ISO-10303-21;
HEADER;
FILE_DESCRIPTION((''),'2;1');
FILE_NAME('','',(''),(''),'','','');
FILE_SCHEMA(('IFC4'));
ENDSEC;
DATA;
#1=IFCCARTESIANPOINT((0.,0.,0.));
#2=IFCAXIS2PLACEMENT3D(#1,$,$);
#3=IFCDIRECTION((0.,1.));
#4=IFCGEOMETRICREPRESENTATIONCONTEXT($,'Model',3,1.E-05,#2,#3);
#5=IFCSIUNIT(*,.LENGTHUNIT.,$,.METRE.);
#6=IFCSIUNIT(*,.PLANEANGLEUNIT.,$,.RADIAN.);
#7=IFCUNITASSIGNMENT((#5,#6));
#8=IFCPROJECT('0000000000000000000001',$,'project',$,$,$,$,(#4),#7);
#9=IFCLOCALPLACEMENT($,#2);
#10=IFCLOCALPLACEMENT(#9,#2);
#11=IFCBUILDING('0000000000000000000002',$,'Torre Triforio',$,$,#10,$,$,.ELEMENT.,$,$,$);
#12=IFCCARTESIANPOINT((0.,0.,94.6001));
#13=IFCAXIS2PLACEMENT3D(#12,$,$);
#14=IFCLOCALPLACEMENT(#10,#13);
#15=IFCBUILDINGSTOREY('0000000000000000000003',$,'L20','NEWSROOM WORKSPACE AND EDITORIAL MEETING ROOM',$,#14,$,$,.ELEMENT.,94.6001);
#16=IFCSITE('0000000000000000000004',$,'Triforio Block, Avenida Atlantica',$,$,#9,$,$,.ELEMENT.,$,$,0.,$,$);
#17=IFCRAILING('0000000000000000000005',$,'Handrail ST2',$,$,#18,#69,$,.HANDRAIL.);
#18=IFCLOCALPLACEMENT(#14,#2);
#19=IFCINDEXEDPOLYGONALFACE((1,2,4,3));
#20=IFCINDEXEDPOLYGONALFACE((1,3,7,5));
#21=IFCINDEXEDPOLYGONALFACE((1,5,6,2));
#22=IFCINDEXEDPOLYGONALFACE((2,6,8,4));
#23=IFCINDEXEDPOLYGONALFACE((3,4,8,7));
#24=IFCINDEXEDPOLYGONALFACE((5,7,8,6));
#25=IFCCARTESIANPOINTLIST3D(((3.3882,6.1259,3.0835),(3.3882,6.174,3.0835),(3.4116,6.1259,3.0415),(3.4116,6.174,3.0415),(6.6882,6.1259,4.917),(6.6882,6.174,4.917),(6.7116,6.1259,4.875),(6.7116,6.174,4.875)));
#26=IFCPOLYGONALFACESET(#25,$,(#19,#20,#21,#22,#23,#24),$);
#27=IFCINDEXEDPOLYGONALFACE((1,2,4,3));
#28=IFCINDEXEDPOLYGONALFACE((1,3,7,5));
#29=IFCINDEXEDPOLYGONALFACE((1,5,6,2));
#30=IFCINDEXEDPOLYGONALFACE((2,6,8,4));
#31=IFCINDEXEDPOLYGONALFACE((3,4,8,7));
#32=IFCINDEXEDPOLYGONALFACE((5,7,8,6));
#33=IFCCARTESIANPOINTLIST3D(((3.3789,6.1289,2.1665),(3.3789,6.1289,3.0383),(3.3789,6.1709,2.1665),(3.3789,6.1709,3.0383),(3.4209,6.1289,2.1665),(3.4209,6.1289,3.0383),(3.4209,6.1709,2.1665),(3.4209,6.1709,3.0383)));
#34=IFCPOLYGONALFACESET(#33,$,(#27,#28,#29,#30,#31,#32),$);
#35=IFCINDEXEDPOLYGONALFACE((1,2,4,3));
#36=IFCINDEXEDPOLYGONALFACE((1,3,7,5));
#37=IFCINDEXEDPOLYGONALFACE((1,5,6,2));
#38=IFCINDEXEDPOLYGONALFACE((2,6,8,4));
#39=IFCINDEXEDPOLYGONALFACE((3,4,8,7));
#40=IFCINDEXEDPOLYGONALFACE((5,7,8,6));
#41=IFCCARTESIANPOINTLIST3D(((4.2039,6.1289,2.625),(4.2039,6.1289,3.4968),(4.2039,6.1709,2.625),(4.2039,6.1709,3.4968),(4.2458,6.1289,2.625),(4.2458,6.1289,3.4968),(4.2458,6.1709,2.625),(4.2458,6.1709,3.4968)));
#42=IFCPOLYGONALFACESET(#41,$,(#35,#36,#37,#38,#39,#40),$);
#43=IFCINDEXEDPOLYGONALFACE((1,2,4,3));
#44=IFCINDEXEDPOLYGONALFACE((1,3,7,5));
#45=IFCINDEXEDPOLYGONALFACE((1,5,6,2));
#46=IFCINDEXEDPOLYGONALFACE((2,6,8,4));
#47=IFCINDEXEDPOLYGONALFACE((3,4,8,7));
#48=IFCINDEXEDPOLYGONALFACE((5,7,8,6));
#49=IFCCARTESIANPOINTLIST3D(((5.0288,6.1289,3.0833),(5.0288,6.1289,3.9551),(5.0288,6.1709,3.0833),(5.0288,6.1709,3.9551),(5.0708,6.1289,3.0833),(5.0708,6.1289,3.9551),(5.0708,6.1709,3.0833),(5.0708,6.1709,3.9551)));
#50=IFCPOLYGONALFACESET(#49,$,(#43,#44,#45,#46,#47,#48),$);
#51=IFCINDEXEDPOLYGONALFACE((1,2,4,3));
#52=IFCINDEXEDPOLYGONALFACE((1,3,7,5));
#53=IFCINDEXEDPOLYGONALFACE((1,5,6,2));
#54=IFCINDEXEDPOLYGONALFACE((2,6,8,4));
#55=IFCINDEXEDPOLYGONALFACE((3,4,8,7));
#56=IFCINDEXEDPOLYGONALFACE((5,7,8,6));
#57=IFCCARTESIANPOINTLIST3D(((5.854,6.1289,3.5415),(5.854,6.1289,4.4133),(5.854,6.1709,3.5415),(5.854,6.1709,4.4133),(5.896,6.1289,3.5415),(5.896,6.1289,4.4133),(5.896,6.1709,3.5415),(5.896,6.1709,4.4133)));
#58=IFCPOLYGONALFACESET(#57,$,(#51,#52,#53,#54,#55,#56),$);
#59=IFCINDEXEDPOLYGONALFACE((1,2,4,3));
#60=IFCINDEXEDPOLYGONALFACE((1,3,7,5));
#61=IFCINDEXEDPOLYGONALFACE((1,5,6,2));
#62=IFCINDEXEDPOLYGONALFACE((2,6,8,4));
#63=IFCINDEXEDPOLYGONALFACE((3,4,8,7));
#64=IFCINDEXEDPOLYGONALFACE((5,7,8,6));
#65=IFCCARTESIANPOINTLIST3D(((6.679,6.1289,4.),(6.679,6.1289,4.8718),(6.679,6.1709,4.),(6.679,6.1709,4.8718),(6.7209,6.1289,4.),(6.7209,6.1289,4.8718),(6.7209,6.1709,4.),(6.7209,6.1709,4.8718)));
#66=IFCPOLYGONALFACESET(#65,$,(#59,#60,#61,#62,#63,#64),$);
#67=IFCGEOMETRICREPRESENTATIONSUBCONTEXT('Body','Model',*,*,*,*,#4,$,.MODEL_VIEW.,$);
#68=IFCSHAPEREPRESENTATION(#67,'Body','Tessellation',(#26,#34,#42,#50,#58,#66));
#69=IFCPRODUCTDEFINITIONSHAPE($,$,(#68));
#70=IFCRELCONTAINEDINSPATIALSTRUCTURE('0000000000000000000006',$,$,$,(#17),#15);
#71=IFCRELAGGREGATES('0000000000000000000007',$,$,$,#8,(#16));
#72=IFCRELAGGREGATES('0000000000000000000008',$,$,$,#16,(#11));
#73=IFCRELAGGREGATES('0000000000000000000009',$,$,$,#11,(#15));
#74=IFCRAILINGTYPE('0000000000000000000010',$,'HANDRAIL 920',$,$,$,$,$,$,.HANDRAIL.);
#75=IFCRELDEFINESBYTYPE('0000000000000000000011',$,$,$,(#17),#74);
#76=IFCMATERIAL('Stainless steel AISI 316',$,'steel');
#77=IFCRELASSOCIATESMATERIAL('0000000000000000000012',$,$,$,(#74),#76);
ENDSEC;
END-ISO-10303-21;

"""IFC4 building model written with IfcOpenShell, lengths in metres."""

from ifc_helpers import new_model, si_unit, direction, frame, origin, origin_2d, place, context, subcontext, project, spatial, rectangle, extrude, material, type_object, element, save


model = new_model("IFC4")

# Units and contexts
model_context = context("Model", 3, precision=1e-05, world=origin(), true_north=direction((0.0, 1.0)))
body_context = subcontext(model_context, "Body", "Model", "MODEL_VIEW")
ifc_project = project(units=[si_unit("LENGTHUNIT", "METRE"), si_unit("PLANEANGLEUNIT", "RADIAN")], contexts=[model_context])

# Site, building, storey
site_placement = place(None, origin())
site = spatial("IfcSite", under=ifc_project, at=site_placement, Name="Triforio Block, Avenida Atlantica", CompositionType="ELEMENT", RefElevation=0.0)
building_placement = place(site_placement, origin())
building = spatial("IfcBuilding", under=site, at=building_placement, Name="Torre Triforio", CompositionType="ELEMENT")
storey_placement = place(building_placement, frame((0.0, 0.0, 94.6001)))
storey = spatial("IfcBuildingStorey", under=building, at=storey_placement, Name="L20", Description="NEWSROOM WORKSPACE AND EDITORIAL MEETING ROOM", CompositionType="ELEMENT", Elevation=94.6001)

# Railing
ifc_material_1 = material(Name="Stainless steel AISI 316", Category="steel")
railing_type = type_object("IfcRailingType", Name="HANDRAIL 920", PredefinedType="HANDRAIL", material=ifc_material_1)
for number, where, name in (
    (1, (3.3999, 6.1499, 2.1665), "Handrail ST2"),
):
    element("IfcRailing", number, at=place(storey_placement, frame(where)), inside=storey, type_object=railing_type, Name=name, PredefinedType="HANDRAIL", context=body_context, shape_type="SweptSolid", body=[
        extrude(rectangle(XDim=0.0481, YDim=0.0481, at=origin_2d()), frame((0.0, 0.0, 0.896), z_axis=(0.874142, 0.0, 0.48567), x_axis=(0.0, 1.0, 0.0)), (0.0, 0.0, 1.0), 3.7751),
        extrude(rectangle(XDim=0.042, YDim=0.042, at=origin_2d()), origin(), (0.0, 0.0, 1.0), 0.8718),
        extrude(rectangle(XDim=0.042, YDim=0.042, at=origin_2d()), frame((0.825, 0.0, 0.4585)), (0.0, 0.0, 1.0), 0.8718),
        extrude(rectangle(XDim=0.042, YDim=0.042, at=origin_2d()), frame((1.6499, 0.0, 0.9167)), (0.0, 0.0, 1.0), 0.8718),
        extrude(rectangle(XDim=0.042, YDim=0.042, at=origin_2d()), frame((2.4751, 0.0, 1.375)), (0.0, 0.0, 1.0), 0.8718),
        extrude(rectangle(XDim=0.042, YDim=0.042, at=origin_2d()), frame((3.3, 0.0, 1.8335)), (0.0, 0.0, 1.0), 0.8718),
    ])

save(model, "model.ifc")
